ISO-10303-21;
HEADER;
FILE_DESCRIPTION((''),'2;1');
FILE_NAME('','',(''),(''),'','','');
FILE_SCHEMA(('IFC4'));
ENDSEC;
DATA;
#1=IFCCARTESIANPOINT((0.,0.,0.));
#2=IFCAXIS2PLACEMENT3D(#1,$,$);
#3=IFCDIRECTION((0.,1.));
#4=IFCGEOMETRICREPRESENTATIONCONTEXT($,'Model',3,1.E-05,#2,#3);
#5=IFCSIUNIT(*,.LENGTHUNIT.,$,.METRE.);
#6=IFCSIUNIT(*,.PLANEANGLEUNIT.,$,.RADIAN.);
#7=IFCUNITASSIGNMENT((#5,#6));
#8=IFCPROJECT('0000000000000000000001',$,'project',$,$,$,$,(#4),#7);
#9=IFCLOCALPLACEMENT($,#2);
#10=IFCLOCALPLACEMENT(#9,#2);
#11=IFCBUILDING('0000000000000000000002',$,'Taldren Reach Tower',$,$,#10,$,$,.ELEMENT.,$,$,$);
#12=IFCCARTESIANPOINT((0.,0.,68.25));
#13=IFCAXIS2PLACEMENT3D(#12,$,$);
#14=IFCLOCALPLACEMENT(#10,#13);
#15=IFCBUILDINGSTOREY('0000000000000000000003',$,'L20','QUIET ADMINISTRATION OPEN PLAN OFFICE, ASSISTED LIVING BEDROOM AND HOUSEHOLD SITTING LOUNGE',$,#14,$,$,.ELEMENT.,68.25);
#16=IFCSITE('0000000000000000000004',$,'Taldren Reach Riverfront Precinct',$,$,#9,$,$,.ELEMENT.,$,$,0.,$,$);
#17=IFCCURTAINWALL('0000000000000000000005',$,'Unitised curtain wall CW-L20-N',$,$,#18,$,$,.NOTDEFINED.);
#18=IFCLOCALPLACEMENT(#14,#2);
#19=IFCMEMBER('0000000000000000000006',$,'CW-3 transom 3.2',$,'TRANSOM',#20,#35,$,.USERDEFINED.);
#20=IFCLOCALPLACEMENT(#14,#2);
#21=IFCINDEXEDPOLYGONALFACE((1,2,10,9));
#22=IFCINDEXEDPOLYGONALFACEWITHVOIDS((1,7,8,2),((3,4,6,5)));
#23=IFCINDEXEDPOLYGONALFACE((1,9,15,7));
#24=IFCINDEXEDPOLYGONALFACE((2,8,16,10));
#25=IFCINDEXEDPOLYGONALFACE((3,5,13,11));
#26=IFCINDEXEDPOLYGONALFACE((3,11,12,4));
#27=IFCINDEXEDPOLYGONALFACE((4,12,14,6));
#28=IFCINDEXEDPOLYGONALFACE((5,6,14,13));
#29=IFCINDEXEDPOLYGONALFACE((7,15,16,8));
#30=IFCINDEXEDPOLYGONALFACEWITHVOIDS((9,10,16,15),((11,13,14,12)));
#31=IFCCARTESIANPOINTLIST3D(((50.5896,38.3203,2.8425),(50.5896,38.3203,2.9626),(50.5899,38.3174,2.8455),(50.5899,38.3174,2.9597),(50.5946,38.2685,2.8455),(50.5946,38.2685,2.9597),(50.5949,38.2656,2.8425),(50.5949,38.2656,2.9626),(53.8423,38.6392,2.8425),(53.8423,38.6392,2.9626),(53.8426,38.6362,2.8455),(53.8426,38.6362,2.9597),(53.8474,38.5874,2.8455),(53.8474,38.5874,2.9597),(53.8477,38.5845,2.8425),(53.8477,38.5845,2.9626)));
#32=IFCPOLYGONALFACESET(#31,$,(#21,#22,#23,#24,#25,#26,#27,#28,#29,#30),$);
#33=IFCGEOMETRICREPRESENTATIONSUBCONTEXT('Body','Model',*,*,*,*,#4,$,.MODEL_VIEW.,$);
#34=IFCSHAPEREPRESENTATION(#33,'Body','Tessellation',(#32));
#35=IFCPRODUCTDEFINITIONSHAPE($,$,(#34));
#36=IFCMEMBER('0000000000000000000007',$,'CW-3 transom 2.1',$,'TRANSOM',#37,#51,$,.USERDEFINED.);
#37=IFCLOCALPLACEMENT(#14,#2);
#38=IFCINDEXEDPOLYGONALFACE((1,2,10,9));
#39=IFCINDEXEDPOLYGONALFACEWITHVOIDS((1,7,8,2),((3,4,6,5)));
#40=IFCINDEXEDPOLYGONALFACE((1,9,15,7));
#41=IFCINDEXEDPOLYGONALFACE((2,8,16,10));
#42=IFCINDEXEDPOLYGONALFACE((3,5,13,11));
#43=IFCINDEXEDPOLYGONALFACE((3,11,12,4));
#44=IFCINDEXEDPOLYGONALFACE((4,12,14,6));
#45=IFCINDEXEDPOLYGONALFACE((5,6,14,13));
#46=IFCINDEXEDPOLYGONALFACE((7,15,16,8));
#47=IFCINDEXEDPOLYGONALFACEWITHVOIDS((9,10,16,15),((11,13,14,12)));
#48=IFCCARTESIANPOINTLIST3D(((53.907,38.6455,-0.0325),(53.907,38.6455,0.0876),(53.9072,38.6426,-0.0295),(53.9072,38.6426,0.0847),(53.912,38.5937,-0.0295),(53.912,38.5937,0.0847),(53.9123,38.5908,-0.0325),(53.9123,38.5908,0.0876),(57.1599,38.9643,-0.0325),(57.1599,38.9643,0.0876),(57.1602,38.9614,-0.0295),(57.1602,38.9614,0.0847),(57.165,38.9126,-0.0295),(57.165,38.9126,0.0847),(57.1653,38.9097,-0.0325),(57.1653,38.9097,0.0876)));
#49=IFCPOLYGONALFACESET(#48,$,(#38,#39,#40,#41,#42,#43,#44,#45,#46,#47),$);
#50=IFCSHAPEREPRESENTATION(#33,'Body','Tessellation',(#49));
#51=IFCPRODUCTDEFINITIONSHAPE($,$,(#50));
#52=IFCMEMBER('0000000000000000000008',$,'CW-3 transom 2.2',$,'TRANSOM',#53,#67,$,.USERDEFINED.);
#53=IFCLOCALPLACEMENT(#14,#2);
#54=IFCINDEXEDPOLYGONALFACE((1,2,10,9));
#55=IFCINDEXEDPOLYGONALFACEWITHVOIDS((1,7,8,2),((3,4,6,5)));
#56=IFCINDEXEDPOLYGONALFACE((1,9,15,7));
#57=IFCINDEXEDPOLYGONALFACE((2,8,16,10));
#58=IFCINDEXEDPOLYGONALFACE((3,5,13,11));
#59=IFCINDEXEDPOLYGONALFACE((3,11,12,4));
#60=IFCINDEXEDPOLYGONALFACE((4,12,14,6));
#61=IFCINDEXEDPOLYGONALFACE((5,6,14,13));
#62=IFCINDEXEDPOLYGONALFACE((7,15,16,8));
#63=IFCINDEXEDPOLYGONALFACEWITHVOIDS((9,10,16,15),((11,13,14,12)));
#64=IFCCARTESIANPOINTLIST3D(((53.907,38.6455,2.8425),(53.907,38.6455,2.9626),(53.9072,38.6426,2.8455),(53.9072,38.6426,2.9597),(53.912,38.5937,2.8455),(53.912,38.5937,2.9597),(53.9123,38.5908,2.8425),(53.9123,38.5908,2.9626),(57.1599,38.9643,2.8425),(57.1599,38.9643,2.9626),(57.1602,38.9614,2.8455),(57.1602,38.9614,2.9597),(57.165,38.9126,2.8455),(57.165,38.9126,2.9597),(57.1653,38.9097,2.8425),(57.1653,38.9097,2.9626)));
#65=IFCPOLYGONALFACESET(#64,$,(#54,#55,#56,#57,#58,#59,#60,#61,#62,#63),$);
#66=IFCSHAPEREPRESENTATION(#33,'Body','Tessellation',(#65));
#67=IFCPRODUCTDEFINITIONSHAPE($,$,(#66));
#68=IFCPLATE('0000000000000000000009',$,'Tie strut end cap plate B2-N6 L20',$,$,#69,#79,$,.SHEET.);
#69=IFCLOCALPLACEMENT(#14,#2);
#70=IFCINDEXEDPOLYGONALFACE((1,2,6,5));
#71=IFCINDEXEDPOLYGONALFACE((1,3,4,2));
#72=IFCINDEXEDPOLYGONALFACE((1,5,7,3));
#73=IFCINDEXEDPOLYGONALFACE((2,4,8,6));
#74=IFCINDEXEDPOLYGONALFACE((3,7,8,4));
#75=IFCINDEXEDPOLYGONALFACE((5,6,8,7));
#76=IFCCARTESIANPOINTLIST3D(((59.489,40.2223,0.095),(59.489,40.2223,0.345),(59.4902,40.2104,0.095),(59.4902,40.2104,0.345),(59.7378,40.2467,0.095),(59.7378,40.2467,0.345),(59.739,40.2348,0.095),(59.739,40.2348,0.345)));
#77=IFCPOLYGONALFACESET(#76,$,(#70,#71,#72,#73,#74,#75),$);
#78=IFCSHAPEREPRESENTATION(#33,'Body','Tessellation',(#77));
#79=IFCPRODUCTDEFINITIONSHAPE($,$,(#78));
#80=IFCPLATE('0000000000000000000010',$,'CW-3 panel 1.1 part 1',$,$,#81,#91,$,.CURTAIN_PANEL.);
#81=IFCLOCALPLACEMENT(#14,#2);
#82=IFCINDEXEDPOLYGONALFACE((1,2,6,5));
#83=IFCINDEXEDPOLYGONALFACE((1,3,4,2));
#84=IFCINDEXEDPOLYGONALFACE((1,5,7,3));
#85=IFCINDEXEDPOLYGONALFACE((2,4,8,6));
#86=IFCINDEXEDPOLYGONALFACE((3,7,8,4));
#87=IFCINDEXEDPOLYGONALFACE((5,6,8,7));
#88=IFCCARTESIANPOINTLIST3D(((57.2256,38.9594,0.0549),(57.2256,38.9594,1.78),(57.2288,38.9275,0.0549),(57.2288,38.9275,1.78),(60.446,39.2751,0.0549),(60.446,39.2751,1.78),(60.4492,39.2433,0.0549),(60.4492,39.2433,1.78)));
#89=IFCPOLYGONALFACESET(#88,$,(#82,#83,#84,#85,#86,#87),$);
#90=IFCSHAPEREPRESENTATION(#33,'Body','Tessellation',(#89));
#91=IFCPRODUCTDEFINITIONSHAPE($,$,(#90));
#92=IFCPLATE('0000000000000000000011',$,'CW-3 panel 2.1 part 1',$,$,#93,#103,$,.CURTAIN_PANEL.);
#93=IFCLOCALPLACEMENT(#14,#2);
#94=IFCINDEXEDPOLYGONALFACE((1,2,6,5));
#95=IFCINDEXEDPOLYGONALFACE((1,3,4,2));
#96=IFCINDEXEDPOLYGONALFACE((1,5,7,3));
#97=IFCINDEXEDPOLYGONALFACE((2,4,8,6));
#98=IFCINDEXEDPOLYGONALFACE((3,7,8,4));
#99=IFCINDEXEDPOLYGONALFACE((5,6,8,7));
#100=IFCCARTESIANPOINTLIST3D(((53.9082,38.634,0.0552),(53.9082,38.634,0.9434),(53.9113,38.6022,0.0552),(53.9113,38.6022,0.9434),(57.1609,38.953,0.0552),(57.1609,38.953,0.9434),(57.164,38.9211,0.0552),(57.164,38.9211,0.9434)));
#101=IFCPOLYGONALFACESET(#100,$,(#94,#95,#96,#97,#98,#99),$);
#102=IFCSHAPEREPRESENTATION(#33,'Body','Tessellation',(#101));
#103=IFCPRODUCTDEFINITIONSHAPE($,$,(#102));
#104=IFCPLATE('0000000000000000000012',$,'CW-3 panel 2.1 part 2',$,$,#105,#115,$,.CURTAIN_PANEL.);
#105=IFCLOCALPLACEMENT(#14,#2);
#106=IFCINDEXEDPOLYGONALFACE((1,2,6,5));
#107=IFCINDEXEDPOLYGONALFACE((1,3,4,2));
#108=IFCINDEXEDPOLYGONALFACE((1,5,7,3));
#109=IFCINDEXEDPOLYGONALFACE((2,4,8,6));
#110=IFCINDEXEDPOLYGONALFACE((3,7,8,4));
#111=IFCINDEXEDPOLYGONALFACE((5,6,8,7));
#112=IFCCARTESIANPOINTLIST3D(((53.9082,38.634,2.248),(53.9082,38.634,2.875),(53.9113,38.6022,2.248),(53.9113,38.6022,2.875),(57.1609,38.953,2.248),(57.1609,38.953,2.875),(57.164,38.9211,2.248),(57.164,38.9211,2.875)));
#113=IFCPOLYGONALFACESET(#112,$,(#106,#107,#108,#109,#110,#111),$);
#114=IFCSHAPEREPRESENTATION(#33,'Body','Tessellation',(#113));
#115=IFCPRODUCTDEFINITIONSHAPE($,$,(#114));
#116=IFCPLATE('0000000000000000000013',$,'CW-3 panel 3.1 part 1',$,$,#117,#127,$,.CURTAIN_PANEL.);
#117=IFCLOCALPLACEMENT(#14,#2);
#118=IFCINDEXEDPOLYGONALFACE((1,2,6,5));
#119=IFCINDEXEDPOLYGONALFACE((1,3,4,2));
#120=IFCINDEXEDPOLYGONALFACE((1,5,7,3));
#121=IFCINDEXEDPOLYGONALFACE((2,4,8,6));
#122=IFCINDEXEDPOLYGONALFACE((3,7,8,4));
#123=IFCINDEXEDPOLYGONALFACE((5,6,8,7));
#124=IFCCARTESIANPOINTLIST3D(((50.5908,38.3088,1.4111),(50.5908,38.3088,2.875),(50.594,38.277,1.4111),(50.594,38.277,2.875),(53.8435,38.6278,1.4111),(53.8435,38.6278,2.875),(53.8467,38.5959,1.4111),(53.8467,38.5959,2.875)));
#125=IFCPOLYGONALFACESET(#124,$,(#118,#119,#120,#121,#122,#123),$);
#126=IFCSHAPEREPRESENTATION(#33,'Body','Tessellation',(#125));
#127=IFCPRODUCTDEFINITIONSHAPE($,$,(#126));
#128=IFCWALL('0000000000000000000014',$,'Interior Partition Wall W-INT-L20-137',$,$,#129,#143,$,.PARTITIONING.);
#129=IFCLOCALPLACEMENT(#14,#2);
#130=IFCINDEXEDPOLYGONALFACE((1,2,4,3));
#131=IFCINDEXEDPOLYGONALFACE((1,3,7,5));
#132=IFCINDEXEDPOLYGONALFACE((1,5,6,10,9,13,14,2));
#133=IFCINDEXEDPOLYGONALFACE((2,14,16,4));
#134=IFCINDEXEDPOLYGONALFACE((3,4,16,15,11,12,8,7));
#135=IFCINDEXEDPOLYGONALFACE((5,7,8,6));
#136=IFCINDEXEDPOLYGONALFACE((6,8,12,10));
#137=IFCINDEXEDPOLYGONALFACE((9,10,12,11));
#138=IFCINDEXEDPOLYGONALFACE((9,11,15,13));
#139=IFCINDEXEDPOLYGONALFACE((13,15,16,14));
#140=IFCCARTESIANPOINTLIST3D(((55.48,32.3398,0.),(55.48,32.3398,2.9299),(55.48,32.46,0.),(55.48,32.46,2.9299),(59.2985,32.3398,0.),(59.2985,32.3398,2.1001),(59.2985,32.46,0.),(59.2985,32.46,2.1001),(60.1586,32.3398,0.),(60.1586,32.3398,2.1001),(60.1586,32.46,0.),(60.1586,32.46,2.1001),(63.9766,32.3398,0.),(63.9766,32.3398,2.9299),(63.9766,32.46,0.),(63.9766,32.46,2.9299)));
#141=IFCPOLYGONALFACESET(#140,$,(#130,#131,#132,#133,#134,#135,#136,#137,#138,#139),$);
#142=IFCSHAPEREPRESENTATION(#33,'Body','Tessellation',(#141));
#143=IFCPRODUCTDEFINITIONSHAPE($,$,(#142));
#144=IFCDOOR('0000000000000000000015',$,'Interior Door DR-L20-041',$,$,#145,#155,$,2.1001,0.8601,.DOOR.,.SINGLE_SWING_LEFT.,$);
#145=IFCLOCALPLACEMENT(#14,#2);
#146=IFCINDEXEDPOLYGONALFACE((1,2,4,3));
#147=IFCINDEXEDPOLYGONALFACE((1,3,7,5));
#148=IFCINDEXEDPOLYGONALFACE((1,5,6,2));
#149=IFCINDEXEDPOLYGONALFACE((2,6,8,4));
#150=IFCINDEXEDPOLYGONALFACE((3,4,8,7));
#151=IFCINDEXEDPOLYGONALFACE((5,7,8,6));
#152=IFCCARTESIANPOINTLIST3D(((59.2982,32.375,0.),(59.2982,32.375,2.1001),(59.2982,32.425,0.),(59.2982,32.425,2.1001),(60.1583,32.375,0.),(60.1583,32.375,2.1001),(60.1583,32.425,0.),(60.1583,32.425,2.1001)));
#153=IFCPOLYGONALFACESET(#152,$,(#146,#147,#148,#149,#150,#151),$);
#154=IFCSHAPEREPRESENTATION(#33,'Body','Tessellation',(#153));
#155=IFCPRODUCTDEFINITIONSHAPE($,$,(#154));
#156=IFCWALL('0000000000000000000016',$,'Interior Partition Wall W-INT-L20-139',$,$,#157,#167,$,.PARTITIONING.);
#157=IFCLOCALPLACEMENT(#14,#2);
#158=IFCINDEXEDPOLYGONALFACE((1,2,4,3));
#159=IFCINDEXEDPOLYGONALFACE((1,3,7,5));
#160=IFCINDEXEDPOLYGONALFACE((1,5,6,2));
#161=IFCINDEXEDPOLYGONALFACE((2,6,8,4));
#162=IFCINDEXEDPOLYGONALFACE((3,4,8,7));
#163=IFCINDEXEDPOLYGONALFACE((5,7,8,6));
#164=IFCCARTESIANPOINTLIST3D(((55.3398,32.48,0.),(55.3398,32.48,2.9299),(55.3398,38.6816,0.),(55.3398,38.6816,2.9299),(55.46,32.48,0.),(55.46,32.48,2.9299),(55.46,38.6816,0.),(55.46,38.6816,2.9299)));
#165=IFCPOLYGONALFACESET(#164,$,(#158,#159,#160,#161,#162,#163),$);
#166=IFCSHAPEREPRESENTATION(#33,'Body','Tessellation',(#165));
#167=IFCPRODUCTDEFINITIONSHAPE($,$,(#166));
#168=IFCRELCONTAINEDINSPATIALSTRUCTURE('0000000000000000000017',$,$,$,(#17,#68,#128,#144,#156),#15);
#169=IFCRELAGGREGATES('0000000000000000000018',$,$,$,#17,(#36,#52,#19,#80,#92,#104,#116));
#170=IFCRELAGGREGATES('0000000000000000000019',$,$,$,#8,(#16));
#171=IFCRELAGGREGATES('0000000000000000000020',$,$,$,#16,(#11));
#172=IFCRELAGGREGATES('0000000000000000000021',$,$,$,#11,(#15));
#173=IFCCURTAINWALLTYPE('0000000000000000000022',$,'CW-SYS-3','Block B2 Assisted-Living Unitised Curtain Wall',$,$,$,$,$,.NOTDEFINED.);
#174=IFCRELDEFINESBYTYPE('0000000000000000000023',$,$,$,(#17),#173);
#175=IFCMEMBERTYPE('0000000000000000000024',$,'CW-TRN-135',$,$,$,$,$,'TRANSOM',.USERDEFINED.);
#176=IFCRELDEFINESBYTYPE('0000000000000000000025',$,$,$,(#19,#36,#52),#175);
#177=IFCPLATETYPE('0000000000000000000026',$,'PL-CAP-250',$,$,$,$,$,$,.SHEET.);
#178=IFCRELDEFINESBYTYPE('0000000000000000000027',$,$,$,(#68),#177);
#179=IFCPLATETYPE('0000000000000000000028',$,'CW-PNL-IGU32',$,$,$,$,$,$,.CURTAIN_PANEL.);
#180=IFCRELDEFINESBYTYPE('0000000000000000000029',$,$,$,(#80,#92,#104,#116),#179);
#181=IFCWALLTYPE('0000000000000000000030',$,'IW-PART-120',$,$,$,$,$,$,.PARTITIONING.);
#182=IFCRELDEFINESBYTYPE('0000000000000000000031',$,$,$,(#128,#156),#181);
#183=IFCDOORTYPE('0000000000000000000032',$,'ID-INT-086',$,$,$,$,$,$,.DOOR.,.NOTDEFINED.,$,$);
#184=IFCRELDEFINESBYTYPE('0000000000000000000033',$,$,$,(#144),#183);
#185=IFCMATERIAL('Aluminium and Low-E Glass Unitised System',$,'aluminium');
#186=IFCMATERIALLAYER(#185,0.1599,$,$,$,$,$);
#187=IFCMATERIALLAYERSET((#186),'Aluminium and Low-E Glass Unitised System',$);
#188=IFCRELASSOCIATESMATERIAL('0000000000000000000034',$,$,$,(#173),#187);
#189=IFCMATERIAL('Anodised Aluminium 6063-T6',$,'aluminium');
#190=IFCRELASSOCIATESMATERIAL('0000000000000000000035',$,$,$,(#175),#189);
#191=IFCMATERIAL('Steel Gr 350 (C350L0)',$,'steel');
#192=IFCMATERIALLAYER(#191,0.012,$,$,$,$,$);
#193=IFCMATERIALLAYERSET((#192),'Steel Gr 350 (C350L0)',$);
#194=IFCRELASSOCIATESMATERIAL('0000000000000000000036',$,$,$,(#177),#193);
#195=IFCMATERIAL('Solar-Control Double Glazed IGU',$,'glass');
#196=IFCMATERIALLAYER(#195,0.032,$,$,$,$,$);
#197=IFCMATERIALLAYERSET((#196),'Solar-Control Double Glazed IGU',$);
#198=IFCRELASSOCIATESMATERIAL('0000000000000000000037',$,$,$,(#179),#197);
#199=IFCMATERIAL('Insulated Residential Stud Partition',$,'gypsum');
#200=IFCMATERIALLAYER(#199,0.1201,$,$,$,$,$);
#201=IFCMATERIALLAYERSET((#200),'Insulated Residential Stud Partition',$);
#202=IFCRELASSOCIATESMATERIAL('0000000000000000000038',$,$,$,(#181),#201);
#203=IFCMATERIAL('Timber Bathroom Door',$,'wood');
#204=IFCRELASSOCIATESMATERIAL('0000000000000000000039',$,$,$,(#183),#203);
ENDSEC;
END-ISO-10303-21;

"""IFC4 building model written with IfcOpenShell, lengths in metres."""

from ifc_helpers import new_model, si_unit, direction, frame, frame_2d, origin, origin_2d, place, context, subcontext, project, spatial, rectangle, hollow_rectangle, extrude, source, transform, mapped, material, layer, layer_set, material_profile, profile_set, type_object, element, fill, aggregate, save


model = new_model("IFC4")

# Units and contexts
model_context = context("Model", 3, precision=1e-05, world=origin(), true_north=direction((0.0, 1.0)))
body_context = subcontext(model_context, "Body", "Model", "MODEL_VIEW")
ifc_project = project(units=[si_unit("LENGTHUNIT", "METRE"), si_unit("PLANEANGLEUNIT", "RADIAN")], contexts=[model_context])

# Site, building, storey
site_placement = place(None, origin())
site = spatial("IfcSite", under=ifc_project, at=site_placement, Name="Taldren Reach Riverfront Precinct", CompositionType="ELEMENT", RefElevation=0.0)
building_placement = place(site_placement, origin())
building = spatial("IfcBuilding", under=site, at=building_placement, Name="Taldren Reach Tower", CompositionType="ELEMENT")
storey_placement = place(building_placement, frame((0.0, 0.0, 68.25)))
storey = spatial("IfcBuildingStorey", under=building, at=storey_placement, Name="L20", Description="QUIET ADMINISTRATION OPEN PLAN OFFICE, ASSISTED LIVING BEDROOM AND HOUSEHOLD SITTING LOUNGE", CompositionType="ELEMENT", Elevation=68.25)

# Shared definitions
ifc_material_1 = material(Name="Steel Gr 350 (C350L0)", Category="steel")

# Curtain wall, members
ifc_material_2 = material(Name="Aluminium and Low-E Glass Unitised System", Category="aluminium")
ifc_layer_1 = layer(ifc_material_2, 0.1599)
ifc_layer_set_1 = layer_set([ifc_layer_1], Name="Aluminium and Low-E Glass Unitised System")
curtain_wall_type = type_object("IfcCurtainWallType", Name="CW-SYS-3", Description="Block B2 Assisted-Living Unitised Curtain Wall", PredefinedType="NOTDEFINED", material=ifc_layer_set_1)
curtain_wall_placement = place(storey_placement, origin())
curtain_wall = element("IfcCurtainWall", 1, at=curtain_wall_placement, inside=storey, type_object=curtain_wall_type, Name="Unitised curtain wall CW-L20-N", PredefinedType="NOTDEFINED")
ifc_material_3 = material(Name="Anodised Aluminium 6063-T6", Category="aluminium")
ifc_material_profile_1 = material_profile(ifc_material_3, hollow_rectangle(XDim=0.0549, YDim=0.1201, WallThickness=0.0029, at=origin_2d()), Name="ALU-120x55x3RHS")
ifc_profile_set_1 = profile_set([ifc_material_profile_1], Name="Anodised Aluminium 6063-T6")
member_type_1 = type_object("IfcMemberType", Name="CW-TRN-135", ElementType="TRANSOM", PredefinedType="USERDEFINED", material=ifc_profile_set_1)
shared_shape_1 = source(origin(), body_context, "Body", "SweptSolid", [
    extrude(hollow_rectangle(XDim=0.0549, YDim=0.1201, WallThickness=0.0029, at=origin_2d()), origin(), (0.0, 0.0, 1.0), 3.2683),
])
member_1_placement = place(storey_placement, frame((53.845, 38.6118, 2.9026), z_axis=(-0.99523, -0.097558, 0.0), x_axis=(0.097558, -0.99523, 0.0)))
member_1 = element("IfcMember", 2, at=member_1_placement, type_object=member_type_1, Name="CW-3 transom 3.2", ObjectType="TRANSOM", PredefinedType="USERDEFINED", context=body_context, shape_type="MappedRepresentation", body=[
    mapped(shared_shape_1, transform((0.0, 0.0, 0.0), scale=1.0)),
])
shared_shape_2 = source(origin(), body_context, "Body", "SweptSolid", [
    extrude(hollow_rectangle(XDim=0.0549, YDim=0.1201, WallThickness=0.0029, at=origin_2d()), origin(), (0.0, 0.0, 1.0), 3.2686),
])
member_2_placement = place(storey_placement, frame((57.1626, 38.937, 0.0276), z_axis=(-0.995231, -0.097551, 0.0), x_axis=(0.097551, -0.995231, 0.0)))
member_2 = element("IfcMember", 3, at=member_2_placement, type_object=member_type_1, Name="CW-3 transom 2.1", ObjectType="TRANSOM", PredefinedType="USERDEFINED", context=body_context, shape_type="MappedRepresentation", body=[
    mapped(shared_shape_2, transform((0.0, 0.0, 0.0), scale=1.0)),
])
member_3_placement = place(storey_placement, frame((57.1626, 38.937, 2.9026), z_axis=(-0.995231, -0.097551, 0.0), x_axis=(0.097551, -0.995231, 0.0)))
member_3 = element("IfcMember", 4, at=member_3_placement, type_object=member_type_1, Name="CW-3 transom 2.2", ObjectType="TRANSOM", PredefinedType="USERDEFINED", context=body_context, shape_type="MappedRepresentation", body=[
    mapped(shared_shape_2, transform((0.0, 0.0, 0.0), scale=1.0)),
])

# Plates
ifc_layer_2 = layer(ifc_material_1, 0.012)
ifc_layer_set_2 = layer_set([ifc_layer_2], Name="Steel Gr 350 (C350L0)")
plate_type_1 = type_object("IfcPlateType", Name="PL-CAP-250", PredefinedType="SHEET", material=ifc_layer_set_2)
shared_shape_3 = source(origin(), body_context, "Body", "SweptSolid", [
    extrude(rectangle(XDim=0.25, YDim=0.012, at=origin_2d()), origin(), (0.0, 0.0, 1.0), 0.25),
])
plate_1_placement = place(storey_placement, frame((59.614, 40.2285, 0.095), z_axis=(0.0, 0.0, 1.0), x_axis=(0.995227, 0.097583, 0.0)))
element("IfcPlate", 5, at=plate_1_placement, inside=storey, type_object=plate_type_1, Name="Tie strut end cap plate B2-N6 L20", PredefinedType="SHEET", context=body_context, shape_type="MappedRepresentation", body=[
    mapped(shared_shape_3, transform((0.0, 0.0, 0.0), scale=1.0)),
])
ifc_material_4 = material(Name="Solar-Control Double Glazed IGU", Category="glass")
ifc_layer_3 = layer(ifc_material_4, 0.032)
ifc_layer_set_3 = layer_set([ifc_layer_3], Name="Solar-Control Double Glazed IGU")
plate_type_2 = type_object("IfcPlateType", Name="CW-PNL-IGU32", PredefinedType="CURTAIN_PANEL", material=ifc_layer_set_3)
shared_shape_4 = source(origin(), body_context, "Body", "SweptSolid", [
    extrude(rectangle(XDim=3.2358, YDim=0.032, at=origin_2d()), origin(), (0.0, 0.0, 1.0), 1.7251),
])
plate_2_placement = place(storey_placement, frame((58.8374, 39.1013, 0.0549), z_axis=(0.0, 0.0, 1.0), x_axis=(-0.995227, -0.097583, 0.0)))
plate_2 = element("IfcPlate", 6, at=plate_2_placement, type_object=plate_type_2, Name="CW-3 panel 1.1 part 1", PredefinedType="CURTAIN_PANEL", context=body_context, shape_type="MappedRepresentation", body=[
    mapped(shared_shape_4, transform((0.0, 0.0, 0.0), scale=1.0)),
])
shared_shape_5 = source(origin(), body_context, "Body", "SweptSolid", [
    extrude(rectangle(XDim=3.2683, YDim=0.032, at=origin_2d()), origin(), (0.0, 0.0, 1.0), 0.8882),
])
plate_3_placement = place(storey_placement, frame((55.5361, 38.7776, 0.0552), z_axis=(0.0, 0.0, 1.0), x_axis=(-0.995227, -0.097583, 0.0)))
plate_3 = element("IfcPlate", 7, at=plate_3_placement, type_object=plate_type_2, Name="CW-3 panel 2.1 part 1", PredefinedType="CURTAIN_PANEL", context=body_context, shape_type="MappedRepresentation", body=[
    mapped(shared_shape_5, transform((0.0, 0.0, 0.0), scale=1.0)),
])
shared_shape_6 = source(origin(), body_context, "Body", "SweptSolid", [
    extrude(rectangle(XDim=3.2683, YDim=0.032, at=origin_2d()), origin(), (0.0, 0.0, 1.0), 0.627),
])
plate_4_placement = place(storey_placement, frame((55.5361, 38.7776, 2.248), z_axis=(0.0, 0.0, 1.0), x_axis=(-0.995227, -0.097583, 0.0)))
plate_4 = element("IfcPlate", 8, at=plate_4_placement, type_object=plate_type_2, Name="CW-3 panel 2.1 part 2", PredefinedType="CURTAIN_PANEL", context=body_context, shape_type="MappedRepresentation", body=[
    mapped(shared_shape_6, transform((0.0, 0.0, 0.0), scale=1.0)),
])
shared_shape_7 = source(origin(), body_context, "Body", "SweptSolid", [
    extrude(rectangle(XDim=3.2683, YDim=0.032, at=origin_2d()), origin(), (0.0, 0.0, 1.0), 1.4639),
])
plate_5_placement = place(storey_placement, frame((52.2188, 38.4524, 1.4111), z_axis=(0.0, 0.0, 1.0), x_axis=(-0.995227, -0.097583, 0.0)))
plate_5 = element("IfcPlate", 9, at=plate_5_placement, type_object=plate_type_2, Name="CW-3 panel 3.1 part 1", PredefinedType="CURTAIN_PANEL", context=body_context, shape_type="MappedRepresentation", body=[
    mapped(shared_shape_7, transform((0.0, 0.0, 0.0), scale=1.0)),
])
aggregate(curtain_wall, [member_2, member_3, member_1, plate_2, plate_3, plate_4, plate_5])

# Wall, opening, door
ifc_material_5 = material(Name="Insulated Residential Stud Partition", Category="gypsum")
ifc_layer_4 = layer(ifc_material_5, 0.1201)
ifc_layer_set_4 = layer_set([ifc_layer_4], Name="Insulated Residential Stud Partition")
wall_type = type_object("IfcWallType", Name="IW-PART-120", PredefinedType="PARTITIONING", material=ifc_layer_set_4)
shared_shape_8 = source(origin(), body_context, "Body", "SweptSolid", [
    extrude(rectangle(XDim=8.4966, YDim=0.1201, at=frame_2d((4.2483, 0.0))), origin(), (0.0, 0.0, 1.0), 2.9299),
])
wall_1_placement = place(storey_placement, frame((55.48, 32.3999, 0.0), z_axis=(0.0, 0.0, 1.0), x_axis=(1.0, 0.0, 0.0)))
wall_1 = element("IfcWall", 10, at=wall_1_placement, inside=storey, type_object=wall_type, Name="Interior Partition Wall W-INT-L20-137", PredefinedType="PARTITIONING", context=body_context, shape_type="MappedRepresentation", body=[
    mapped(shared_shape_8, transform((0.0, 0.0, 0.0), scale=1.0)),
])
shared_shape_9 = source(origin(), body_context, "Body", "SweptSolid", [
    extrude(rectangle(XDim=0.8601, YDim=2.1001, at=frame_2d((0.4302, 1.05))), frame((0.0, 0.0701, 0.0), z_axis=(0.0, -1.0, 0.0), x_axis=(1.0, 0.0, 0.0)), (0.0, 0.0, 1.0), 0.1401),
])
opening_placement = place(wall_1_placement, frame((3.8184, 0.0, 0.0)))
opening = element("IfcOpeningElement", 11, at=opening_placement, cuts=wall_1, PredefinedType="OPENING", context=body_context, shape_type="MappedRepresentation", body=[
    mapped(shared_shape_9, transform((0.0, 0.0, 0.0), scale=1.0)),
])
ifc_material_6 = material(Name="Timber Bathroom Door", Category="wood")
door_type = type_object("IfcDoorType", Name="ID-INT-086", OperationType="NOTDEFINED", PredefinedType="DOOR", material=ifc_material_6)
shared_shape_10 = source(origin(), body_context, "Body", "SweptSolid", [
    extrude(rectangle(XDim=0.8601, YDim=2.1001, at=frame_2d((0.4302, 1.05))), frame((0.0, 0.0249, 0.0), z_axis=(0.0, -1.0, 0.0), x_axis=(1.0, 0.0, 0.0)), (0.0, 0.0, 1.0), 0.05),
])
door_placement = place(opening_placement, frame((0.8601, 0.0, 0.0), z_axis=(0.0, 0.0, 1.0), x_axis=(-1.0, 0.0, 0.0)))
door = element("IfcDoor", 12, at=door_placement, inside=storey, type_object=door_type, Name="Interior Door DR-L20-041", OperationType="SINGLE_SWING_LEFT", OverallHeight=2.1001, OverallWidth=0.8601, PredefinedType="DOOR", context=body_context, shape_type="MappedRepresentation", body=[
    mapped(shared_shape_10, transform((0.0, 0.0, 0.0), scale=1.0)),
])
fill(opening, door)

# Wall
shared_shape_11 = source(origin(), body_context, "Body", "SweptSolid", [
    extrude(rectangle(XDim=6.2017, YDim=0.1201, at=frame_2d((3.1008, 0.0))), origin(), (0.0, 0.0, 1.0), 2.9299),
])
wall_2_placement = place(storey_placement, frame((55.3999, 32.48, 0.0), z_axis=(0.0, 0.0, 1.0), x_axis=(0.0, 1.0, 0.0)))
element("IfcWall", 13, at=wall_2_placement, inside=storey, type_object=wall_type, Name="Interior Partition Wall W-INT-L20-139", PredefinedType="PARTITIONING", context=body_context, shape_type="MappedRepresentation", body=[
    mapped(shared_shape_11, transform((0.0, 0.0, 0.0), scale=1.0)),
])

save(model, "model.ifc")
